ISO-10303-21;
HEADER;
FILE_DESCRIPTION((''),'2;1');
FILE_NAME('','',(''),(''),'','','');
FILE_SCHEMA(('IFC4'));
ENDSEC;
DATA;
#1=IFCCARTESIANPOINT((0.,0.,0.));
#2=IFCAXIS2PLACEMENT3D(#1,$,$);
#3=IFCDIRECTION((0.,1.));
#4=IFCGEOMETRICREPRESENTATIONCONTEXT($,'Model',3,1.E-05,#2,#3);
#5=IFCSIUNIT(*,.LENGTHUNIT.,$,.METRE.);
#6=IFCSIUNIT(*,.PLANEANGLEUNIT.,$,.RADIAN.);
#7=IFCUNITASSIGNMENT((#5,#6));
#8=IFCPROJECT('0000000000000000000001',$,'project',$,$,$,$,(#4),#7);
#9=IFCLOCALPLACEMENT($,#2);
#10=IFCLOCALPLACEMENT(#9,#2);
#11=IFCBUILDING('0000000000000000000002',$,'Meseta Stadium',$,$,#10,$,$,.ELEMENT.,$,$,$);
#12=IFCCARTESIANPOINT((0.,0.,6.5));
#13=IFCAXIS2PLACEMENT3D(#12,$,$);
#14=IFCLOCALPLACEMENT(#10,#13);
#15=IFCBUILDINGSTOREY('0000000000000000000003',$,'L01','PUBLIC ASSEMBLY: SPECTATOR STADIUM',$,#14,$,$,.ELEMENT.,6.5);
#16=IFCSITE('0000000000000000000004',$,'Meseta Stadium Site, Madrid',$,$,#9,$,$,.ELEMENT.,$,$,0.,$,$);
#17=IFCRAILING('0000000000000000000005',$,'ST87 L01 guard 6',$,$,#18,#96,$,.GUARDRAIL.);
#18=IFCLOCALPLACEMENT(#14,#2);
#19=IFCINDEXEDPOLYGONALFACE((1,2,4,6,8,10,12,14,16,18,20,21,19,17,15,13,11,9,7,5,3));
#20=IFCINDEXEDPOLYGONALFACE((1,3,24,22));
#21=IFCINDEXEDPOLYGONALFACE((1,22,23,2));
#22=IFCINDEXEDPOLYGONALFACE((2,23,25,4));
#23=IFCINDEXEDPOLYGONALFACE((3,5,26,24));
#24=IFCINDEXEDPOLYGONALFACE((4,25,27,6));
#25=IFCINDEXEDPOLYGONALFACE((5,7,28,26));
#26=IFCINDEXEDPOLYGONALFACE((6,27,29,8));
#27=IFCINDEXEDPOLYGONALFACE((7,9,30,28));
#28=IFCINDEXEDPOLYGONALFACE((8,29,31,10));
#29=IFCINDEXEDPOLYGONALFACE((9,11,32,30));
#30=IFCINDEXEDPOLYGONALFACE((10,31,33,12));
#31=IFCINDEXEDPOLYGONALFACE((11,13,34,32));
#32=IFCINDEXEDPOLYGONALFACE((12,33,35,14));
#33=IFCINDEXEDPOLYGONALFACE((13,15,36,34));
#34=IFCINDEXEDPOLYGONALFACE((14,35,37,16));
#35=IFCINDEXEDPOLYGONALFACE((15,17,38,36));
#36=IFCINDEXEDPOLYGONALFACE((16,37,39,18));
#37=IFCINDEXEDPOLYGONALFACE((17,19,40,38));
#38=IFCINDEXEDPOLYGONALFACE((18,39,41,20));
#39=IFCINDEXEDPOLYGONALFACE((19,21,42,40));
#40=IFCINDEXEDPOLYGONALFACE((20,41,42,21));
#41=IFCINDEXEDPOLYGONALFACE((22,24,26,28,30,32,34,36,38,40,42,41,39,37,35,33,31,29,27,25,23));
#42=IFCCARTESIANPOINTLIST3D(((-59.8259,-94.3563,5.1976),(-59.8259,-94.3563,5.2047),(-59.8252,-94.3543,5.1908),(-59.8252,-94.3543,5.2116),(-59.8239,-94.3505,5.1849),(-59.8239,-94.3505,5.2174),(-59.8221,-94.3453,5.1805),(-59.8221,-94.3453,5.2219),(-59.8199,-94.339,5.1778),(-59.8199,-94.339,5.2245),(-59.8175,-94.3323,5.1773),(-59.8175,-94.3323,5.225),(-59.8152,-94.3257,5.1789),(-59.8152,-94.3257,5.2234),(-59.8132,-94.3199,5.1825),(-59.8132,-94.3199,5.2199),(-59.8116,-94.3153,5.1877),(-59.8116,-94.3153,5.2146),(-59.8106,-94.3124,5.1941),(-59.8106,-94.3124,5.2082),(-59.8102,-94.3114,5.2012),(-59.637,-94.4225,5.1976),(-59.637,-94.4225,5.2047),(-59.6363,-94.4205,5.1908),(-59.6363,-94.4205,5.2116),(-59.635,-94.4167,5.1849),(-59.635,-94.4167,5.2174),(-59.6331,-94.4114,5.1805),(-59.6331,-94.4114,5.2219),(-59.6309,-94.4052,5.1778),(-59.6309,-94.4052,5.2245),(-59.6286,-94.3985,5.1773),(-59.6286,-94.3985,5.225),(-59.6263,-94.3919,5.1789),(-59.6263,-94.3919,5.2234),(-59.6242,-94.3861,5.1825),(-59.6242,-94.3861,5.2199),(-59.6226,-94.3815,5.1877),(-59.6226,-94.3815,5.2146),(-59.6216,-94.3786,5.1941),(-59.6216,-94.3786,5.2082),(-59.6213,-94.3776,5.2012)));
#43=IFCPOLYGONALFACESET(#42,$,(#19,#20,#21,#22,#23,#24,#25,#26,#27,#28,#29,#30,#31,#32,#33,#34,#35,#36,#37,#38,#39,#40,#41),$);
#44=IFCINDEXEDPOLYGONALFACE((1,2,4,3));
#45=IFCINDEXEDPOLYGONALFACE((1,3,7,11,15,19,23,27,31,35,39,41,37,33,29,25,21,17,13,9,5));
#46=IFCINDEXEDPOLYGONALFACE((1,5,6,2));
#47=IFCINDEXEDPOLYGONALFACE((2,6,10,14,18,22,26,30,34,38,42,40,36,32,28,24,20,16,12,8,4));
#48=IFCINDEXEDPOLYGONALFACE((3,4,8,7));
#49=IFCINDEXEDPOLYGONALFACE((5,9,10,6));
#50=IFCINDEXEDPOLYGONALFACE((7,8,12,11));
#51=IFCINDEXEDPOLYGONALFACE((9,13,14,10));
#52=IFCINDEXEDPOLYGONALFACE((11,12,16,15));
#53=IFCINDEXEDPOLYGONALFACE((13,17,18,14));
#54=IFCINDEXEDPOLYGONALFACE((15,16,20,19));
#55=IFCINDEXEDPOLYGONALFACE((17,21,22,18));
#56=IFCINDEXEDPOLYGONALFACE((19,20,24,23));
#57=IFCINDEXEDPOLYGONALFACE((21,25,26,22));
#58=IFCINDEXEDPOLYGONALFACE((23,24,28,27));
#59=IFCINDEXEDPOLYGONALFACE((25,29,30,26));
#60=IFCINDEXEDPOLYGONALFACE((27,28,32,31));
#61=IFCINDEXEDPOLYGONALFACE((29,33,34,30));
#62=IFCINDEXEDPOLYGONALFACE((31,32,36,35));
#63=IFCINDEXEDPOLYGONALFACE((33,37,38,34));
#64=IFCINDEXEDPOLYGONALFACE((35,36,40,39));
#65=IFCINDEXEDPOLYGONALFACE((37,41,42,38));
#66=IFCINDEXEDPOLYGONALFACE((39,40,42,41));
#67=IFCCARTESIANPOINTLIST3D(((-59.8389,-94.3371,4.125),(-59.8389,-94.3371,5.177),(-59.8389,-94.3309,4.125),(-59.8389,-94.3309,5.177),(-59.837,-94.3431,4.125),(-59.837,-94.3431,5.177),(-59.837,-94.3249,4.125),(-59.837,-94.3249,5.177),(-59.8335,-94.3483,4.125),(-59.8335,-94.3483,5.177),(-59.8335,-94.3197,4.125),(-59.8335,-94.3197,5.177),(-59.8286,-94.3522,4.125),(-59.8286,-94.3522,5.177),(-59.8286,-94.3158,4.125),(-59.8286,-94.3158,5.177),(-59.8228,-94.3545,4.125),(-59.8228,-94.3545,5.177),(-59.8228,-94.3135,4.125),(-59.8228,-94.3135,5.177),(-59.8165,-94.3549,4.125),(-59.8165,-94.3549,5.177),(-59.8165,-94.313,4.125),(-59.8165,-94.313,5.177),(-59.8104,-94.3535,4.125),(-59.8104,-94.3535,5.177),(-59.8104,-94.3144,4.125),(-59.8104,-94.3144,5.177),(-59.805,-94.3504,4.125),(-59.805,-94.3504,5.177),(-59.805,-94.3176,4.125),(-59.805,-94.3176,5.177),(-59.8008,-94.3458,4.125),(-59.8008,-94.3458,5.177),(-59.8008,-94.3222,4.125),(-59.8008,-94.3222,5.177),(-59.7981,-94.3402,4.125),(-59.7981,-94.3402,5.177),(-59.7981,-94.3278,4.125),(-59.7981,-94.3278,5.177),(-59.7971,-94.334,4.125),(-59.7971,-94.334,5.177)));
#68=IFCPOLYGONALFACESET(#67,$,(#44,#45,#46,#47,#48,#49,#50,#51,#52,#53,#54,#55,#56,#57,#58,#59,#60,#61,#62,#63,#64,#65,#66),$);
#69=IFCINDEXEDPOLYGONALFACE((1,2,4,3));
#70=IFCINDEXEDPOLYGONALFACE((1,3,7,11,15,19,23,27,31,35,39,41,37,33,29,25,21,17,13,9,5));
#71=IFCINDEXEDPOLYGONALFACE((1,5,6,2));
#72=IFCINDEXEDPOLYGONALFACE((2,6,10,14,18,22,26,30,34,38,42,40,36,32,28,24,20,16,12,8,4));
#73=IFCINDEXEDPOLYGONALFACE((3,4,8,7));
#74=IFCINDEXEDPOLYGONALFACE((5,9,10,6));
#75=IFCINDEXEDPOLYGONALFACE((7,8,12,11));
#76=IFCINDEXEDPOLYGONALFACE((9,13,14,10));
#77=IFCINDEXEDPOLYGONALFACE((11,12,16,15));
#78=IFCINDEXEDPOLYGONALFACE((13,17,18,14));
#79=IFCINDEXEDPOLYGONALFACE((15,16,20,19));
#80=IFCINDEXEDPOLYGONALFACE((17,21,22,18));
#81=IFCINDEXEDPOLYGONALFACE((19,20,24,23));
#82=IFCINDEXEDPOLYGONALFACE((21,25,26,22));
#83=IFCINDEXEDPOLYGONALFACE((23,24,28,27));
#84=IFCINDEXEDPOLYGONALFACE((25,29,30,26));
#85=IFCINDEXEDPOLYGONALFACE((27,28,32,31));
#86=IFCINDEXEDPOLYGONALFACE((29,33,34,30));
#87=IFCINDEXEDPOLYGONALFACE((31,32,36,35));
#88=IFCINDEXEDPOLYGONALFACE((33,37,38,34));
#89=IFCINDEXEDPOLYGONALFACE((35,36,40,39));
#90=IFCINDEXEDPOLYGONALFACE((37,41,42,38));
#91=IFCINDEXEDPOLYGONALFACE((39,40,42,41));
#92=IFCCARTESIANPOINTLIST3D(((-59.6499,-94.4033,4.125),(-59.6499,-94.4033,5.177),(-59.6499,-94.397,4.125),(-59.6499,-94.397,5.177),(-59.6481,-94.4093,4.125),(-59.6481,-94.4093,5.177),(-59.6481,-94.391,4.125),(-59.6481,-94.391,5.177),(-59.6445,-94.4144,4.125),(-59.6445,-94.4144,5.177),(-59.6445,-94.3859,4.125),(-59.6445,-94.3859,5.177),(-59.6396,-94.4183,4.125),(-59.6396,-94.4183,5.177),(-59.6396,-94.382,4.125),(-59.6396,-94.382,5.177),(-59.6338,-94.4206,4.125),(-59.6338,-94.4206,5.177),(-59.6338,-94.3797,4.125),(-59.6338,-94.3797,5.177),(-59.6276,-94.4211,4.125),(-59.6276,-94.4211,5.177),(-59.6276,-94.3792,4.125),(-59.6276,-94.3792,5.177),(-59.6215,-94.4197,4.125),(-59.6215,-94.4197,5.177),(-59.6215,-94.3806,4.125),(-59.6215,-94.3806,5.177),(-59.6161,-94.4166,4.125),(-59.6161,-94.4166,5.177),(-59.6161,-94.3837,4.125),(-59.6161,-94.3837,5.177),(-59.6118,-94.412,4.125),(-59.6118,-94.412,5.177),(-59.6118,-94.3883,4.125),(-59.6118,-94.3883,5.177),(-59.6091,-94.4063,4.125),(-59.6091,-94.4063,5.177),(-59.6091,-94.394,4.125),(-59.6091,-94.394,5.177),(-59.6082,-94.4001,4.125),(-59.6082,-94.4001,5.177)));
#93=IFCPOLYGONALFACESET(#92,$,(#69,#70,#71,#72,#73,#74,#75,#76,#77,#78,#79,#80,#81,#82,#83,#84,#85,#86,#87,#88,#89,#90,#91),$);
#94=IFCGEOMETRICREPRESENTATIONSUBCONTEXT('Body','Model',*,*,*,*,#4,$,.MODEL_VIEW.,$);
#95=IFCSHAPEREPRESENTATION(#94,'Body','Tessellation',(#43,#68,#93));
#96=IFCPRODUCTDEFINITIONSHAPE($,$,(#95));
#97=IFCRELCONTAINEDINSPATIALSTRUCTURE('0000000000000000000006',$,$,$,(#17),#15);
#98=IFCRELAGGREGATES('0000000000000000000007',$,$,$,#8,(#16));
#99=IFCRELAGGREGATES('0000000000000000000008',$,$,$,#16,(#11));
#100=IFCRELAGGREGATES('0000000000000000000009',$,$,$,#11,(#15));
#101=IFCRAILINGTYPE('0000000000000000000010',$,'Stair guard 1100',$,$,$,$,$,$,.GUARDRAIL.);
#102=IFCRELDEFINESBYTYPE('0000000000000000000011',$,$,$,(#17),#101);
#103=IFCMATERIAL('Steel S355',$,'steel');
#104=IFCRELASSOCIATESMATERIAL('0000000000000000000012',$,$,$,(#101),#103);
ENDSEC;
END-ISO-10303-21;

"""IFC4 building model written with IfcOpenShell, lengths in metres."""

from ifc_helpers import new_model, si_unit, direction, frame, origin, origin_2d, place, context, subcontext, project, spatial, circle, extrude, material, type_object, element, save


model = new_model("IFC4")

# Units and contexts
model_context = context("Model", 3, precision=1e-05, world=origin(), true_north=direction((0.0, 1.0)))
body_context = subcontext(model_context, "Body", "Model", "MODEL_VIEW")
ifc_project = project(units=[si_unit("LENGTHUNIT", "METRE"), si_unit("PLANEANGLEUNIT", "RADIAN")], contexts=[model_context])

# Site, building, storey
site_placement = place(None, origin())
site = spatial("IfcSite", under=ifc_project, at=site_placement, Name="Meseta Stadium Site, Madrid", CompositionType="ELEMENT", RefElevation=0.0)
building_placement = place(site_placement, origin())
building = spatial("IfcBuilding", under=site, at=building_placement, Name="Meseta Stadium", CompositionType="ELEMENT")
storey_placement = place(building_placement, frame((0.0, 0.0, 6.5)))
storey = spatial("IfcBuildingStorey", under=building, at=storey_placement, Name="L01", Description="PUBLIC ASSEMBLY: SPECTATOR STADIUM", CompositionType="ELEMENT", Elevation=6.5)

# Railing
ifc_material_1 = material(Name="Steel S355", Category="steel")
railing_type_1 = type_object("IfcRailingType", Name="Stair guard 1100", PredefinedType="GUARDRAIL", material=ifc_material_1)
railing_1_placement = place(storey_placement, frame((-59.8181, -94.334, 4.125)))
element("IfcRailing", 1, at=railing_1_placement, inside=storey, type_object=railing_type_1, Name="ST87 L01 guard 6", PredefinedType="GUARDRAIL", context=body_context, shape_type="SweptSolid", body=[
    extrude(circle(Radius=0.0239, at=origin_2d()), frame((0.0, 0.0, 1.0762), z_axis=(0.94382, -0.330459, 0.0), x_axis=(0.330459, 0.94382, 0.0)), (0.0, 0.0, 1.0), 0.2002),
    extrude(circle(Radius=0.021, at=origin_2d()), origin(), (0.0, 0.0, 1.0), 1.052),
    extrude(circle(Radius=0.021, at=origin_2d()), frame((0.189, -0.0662, 0.0)), (0.0, 0.0, 1.0), 1.052),
])

save(model, "model.ifc")
